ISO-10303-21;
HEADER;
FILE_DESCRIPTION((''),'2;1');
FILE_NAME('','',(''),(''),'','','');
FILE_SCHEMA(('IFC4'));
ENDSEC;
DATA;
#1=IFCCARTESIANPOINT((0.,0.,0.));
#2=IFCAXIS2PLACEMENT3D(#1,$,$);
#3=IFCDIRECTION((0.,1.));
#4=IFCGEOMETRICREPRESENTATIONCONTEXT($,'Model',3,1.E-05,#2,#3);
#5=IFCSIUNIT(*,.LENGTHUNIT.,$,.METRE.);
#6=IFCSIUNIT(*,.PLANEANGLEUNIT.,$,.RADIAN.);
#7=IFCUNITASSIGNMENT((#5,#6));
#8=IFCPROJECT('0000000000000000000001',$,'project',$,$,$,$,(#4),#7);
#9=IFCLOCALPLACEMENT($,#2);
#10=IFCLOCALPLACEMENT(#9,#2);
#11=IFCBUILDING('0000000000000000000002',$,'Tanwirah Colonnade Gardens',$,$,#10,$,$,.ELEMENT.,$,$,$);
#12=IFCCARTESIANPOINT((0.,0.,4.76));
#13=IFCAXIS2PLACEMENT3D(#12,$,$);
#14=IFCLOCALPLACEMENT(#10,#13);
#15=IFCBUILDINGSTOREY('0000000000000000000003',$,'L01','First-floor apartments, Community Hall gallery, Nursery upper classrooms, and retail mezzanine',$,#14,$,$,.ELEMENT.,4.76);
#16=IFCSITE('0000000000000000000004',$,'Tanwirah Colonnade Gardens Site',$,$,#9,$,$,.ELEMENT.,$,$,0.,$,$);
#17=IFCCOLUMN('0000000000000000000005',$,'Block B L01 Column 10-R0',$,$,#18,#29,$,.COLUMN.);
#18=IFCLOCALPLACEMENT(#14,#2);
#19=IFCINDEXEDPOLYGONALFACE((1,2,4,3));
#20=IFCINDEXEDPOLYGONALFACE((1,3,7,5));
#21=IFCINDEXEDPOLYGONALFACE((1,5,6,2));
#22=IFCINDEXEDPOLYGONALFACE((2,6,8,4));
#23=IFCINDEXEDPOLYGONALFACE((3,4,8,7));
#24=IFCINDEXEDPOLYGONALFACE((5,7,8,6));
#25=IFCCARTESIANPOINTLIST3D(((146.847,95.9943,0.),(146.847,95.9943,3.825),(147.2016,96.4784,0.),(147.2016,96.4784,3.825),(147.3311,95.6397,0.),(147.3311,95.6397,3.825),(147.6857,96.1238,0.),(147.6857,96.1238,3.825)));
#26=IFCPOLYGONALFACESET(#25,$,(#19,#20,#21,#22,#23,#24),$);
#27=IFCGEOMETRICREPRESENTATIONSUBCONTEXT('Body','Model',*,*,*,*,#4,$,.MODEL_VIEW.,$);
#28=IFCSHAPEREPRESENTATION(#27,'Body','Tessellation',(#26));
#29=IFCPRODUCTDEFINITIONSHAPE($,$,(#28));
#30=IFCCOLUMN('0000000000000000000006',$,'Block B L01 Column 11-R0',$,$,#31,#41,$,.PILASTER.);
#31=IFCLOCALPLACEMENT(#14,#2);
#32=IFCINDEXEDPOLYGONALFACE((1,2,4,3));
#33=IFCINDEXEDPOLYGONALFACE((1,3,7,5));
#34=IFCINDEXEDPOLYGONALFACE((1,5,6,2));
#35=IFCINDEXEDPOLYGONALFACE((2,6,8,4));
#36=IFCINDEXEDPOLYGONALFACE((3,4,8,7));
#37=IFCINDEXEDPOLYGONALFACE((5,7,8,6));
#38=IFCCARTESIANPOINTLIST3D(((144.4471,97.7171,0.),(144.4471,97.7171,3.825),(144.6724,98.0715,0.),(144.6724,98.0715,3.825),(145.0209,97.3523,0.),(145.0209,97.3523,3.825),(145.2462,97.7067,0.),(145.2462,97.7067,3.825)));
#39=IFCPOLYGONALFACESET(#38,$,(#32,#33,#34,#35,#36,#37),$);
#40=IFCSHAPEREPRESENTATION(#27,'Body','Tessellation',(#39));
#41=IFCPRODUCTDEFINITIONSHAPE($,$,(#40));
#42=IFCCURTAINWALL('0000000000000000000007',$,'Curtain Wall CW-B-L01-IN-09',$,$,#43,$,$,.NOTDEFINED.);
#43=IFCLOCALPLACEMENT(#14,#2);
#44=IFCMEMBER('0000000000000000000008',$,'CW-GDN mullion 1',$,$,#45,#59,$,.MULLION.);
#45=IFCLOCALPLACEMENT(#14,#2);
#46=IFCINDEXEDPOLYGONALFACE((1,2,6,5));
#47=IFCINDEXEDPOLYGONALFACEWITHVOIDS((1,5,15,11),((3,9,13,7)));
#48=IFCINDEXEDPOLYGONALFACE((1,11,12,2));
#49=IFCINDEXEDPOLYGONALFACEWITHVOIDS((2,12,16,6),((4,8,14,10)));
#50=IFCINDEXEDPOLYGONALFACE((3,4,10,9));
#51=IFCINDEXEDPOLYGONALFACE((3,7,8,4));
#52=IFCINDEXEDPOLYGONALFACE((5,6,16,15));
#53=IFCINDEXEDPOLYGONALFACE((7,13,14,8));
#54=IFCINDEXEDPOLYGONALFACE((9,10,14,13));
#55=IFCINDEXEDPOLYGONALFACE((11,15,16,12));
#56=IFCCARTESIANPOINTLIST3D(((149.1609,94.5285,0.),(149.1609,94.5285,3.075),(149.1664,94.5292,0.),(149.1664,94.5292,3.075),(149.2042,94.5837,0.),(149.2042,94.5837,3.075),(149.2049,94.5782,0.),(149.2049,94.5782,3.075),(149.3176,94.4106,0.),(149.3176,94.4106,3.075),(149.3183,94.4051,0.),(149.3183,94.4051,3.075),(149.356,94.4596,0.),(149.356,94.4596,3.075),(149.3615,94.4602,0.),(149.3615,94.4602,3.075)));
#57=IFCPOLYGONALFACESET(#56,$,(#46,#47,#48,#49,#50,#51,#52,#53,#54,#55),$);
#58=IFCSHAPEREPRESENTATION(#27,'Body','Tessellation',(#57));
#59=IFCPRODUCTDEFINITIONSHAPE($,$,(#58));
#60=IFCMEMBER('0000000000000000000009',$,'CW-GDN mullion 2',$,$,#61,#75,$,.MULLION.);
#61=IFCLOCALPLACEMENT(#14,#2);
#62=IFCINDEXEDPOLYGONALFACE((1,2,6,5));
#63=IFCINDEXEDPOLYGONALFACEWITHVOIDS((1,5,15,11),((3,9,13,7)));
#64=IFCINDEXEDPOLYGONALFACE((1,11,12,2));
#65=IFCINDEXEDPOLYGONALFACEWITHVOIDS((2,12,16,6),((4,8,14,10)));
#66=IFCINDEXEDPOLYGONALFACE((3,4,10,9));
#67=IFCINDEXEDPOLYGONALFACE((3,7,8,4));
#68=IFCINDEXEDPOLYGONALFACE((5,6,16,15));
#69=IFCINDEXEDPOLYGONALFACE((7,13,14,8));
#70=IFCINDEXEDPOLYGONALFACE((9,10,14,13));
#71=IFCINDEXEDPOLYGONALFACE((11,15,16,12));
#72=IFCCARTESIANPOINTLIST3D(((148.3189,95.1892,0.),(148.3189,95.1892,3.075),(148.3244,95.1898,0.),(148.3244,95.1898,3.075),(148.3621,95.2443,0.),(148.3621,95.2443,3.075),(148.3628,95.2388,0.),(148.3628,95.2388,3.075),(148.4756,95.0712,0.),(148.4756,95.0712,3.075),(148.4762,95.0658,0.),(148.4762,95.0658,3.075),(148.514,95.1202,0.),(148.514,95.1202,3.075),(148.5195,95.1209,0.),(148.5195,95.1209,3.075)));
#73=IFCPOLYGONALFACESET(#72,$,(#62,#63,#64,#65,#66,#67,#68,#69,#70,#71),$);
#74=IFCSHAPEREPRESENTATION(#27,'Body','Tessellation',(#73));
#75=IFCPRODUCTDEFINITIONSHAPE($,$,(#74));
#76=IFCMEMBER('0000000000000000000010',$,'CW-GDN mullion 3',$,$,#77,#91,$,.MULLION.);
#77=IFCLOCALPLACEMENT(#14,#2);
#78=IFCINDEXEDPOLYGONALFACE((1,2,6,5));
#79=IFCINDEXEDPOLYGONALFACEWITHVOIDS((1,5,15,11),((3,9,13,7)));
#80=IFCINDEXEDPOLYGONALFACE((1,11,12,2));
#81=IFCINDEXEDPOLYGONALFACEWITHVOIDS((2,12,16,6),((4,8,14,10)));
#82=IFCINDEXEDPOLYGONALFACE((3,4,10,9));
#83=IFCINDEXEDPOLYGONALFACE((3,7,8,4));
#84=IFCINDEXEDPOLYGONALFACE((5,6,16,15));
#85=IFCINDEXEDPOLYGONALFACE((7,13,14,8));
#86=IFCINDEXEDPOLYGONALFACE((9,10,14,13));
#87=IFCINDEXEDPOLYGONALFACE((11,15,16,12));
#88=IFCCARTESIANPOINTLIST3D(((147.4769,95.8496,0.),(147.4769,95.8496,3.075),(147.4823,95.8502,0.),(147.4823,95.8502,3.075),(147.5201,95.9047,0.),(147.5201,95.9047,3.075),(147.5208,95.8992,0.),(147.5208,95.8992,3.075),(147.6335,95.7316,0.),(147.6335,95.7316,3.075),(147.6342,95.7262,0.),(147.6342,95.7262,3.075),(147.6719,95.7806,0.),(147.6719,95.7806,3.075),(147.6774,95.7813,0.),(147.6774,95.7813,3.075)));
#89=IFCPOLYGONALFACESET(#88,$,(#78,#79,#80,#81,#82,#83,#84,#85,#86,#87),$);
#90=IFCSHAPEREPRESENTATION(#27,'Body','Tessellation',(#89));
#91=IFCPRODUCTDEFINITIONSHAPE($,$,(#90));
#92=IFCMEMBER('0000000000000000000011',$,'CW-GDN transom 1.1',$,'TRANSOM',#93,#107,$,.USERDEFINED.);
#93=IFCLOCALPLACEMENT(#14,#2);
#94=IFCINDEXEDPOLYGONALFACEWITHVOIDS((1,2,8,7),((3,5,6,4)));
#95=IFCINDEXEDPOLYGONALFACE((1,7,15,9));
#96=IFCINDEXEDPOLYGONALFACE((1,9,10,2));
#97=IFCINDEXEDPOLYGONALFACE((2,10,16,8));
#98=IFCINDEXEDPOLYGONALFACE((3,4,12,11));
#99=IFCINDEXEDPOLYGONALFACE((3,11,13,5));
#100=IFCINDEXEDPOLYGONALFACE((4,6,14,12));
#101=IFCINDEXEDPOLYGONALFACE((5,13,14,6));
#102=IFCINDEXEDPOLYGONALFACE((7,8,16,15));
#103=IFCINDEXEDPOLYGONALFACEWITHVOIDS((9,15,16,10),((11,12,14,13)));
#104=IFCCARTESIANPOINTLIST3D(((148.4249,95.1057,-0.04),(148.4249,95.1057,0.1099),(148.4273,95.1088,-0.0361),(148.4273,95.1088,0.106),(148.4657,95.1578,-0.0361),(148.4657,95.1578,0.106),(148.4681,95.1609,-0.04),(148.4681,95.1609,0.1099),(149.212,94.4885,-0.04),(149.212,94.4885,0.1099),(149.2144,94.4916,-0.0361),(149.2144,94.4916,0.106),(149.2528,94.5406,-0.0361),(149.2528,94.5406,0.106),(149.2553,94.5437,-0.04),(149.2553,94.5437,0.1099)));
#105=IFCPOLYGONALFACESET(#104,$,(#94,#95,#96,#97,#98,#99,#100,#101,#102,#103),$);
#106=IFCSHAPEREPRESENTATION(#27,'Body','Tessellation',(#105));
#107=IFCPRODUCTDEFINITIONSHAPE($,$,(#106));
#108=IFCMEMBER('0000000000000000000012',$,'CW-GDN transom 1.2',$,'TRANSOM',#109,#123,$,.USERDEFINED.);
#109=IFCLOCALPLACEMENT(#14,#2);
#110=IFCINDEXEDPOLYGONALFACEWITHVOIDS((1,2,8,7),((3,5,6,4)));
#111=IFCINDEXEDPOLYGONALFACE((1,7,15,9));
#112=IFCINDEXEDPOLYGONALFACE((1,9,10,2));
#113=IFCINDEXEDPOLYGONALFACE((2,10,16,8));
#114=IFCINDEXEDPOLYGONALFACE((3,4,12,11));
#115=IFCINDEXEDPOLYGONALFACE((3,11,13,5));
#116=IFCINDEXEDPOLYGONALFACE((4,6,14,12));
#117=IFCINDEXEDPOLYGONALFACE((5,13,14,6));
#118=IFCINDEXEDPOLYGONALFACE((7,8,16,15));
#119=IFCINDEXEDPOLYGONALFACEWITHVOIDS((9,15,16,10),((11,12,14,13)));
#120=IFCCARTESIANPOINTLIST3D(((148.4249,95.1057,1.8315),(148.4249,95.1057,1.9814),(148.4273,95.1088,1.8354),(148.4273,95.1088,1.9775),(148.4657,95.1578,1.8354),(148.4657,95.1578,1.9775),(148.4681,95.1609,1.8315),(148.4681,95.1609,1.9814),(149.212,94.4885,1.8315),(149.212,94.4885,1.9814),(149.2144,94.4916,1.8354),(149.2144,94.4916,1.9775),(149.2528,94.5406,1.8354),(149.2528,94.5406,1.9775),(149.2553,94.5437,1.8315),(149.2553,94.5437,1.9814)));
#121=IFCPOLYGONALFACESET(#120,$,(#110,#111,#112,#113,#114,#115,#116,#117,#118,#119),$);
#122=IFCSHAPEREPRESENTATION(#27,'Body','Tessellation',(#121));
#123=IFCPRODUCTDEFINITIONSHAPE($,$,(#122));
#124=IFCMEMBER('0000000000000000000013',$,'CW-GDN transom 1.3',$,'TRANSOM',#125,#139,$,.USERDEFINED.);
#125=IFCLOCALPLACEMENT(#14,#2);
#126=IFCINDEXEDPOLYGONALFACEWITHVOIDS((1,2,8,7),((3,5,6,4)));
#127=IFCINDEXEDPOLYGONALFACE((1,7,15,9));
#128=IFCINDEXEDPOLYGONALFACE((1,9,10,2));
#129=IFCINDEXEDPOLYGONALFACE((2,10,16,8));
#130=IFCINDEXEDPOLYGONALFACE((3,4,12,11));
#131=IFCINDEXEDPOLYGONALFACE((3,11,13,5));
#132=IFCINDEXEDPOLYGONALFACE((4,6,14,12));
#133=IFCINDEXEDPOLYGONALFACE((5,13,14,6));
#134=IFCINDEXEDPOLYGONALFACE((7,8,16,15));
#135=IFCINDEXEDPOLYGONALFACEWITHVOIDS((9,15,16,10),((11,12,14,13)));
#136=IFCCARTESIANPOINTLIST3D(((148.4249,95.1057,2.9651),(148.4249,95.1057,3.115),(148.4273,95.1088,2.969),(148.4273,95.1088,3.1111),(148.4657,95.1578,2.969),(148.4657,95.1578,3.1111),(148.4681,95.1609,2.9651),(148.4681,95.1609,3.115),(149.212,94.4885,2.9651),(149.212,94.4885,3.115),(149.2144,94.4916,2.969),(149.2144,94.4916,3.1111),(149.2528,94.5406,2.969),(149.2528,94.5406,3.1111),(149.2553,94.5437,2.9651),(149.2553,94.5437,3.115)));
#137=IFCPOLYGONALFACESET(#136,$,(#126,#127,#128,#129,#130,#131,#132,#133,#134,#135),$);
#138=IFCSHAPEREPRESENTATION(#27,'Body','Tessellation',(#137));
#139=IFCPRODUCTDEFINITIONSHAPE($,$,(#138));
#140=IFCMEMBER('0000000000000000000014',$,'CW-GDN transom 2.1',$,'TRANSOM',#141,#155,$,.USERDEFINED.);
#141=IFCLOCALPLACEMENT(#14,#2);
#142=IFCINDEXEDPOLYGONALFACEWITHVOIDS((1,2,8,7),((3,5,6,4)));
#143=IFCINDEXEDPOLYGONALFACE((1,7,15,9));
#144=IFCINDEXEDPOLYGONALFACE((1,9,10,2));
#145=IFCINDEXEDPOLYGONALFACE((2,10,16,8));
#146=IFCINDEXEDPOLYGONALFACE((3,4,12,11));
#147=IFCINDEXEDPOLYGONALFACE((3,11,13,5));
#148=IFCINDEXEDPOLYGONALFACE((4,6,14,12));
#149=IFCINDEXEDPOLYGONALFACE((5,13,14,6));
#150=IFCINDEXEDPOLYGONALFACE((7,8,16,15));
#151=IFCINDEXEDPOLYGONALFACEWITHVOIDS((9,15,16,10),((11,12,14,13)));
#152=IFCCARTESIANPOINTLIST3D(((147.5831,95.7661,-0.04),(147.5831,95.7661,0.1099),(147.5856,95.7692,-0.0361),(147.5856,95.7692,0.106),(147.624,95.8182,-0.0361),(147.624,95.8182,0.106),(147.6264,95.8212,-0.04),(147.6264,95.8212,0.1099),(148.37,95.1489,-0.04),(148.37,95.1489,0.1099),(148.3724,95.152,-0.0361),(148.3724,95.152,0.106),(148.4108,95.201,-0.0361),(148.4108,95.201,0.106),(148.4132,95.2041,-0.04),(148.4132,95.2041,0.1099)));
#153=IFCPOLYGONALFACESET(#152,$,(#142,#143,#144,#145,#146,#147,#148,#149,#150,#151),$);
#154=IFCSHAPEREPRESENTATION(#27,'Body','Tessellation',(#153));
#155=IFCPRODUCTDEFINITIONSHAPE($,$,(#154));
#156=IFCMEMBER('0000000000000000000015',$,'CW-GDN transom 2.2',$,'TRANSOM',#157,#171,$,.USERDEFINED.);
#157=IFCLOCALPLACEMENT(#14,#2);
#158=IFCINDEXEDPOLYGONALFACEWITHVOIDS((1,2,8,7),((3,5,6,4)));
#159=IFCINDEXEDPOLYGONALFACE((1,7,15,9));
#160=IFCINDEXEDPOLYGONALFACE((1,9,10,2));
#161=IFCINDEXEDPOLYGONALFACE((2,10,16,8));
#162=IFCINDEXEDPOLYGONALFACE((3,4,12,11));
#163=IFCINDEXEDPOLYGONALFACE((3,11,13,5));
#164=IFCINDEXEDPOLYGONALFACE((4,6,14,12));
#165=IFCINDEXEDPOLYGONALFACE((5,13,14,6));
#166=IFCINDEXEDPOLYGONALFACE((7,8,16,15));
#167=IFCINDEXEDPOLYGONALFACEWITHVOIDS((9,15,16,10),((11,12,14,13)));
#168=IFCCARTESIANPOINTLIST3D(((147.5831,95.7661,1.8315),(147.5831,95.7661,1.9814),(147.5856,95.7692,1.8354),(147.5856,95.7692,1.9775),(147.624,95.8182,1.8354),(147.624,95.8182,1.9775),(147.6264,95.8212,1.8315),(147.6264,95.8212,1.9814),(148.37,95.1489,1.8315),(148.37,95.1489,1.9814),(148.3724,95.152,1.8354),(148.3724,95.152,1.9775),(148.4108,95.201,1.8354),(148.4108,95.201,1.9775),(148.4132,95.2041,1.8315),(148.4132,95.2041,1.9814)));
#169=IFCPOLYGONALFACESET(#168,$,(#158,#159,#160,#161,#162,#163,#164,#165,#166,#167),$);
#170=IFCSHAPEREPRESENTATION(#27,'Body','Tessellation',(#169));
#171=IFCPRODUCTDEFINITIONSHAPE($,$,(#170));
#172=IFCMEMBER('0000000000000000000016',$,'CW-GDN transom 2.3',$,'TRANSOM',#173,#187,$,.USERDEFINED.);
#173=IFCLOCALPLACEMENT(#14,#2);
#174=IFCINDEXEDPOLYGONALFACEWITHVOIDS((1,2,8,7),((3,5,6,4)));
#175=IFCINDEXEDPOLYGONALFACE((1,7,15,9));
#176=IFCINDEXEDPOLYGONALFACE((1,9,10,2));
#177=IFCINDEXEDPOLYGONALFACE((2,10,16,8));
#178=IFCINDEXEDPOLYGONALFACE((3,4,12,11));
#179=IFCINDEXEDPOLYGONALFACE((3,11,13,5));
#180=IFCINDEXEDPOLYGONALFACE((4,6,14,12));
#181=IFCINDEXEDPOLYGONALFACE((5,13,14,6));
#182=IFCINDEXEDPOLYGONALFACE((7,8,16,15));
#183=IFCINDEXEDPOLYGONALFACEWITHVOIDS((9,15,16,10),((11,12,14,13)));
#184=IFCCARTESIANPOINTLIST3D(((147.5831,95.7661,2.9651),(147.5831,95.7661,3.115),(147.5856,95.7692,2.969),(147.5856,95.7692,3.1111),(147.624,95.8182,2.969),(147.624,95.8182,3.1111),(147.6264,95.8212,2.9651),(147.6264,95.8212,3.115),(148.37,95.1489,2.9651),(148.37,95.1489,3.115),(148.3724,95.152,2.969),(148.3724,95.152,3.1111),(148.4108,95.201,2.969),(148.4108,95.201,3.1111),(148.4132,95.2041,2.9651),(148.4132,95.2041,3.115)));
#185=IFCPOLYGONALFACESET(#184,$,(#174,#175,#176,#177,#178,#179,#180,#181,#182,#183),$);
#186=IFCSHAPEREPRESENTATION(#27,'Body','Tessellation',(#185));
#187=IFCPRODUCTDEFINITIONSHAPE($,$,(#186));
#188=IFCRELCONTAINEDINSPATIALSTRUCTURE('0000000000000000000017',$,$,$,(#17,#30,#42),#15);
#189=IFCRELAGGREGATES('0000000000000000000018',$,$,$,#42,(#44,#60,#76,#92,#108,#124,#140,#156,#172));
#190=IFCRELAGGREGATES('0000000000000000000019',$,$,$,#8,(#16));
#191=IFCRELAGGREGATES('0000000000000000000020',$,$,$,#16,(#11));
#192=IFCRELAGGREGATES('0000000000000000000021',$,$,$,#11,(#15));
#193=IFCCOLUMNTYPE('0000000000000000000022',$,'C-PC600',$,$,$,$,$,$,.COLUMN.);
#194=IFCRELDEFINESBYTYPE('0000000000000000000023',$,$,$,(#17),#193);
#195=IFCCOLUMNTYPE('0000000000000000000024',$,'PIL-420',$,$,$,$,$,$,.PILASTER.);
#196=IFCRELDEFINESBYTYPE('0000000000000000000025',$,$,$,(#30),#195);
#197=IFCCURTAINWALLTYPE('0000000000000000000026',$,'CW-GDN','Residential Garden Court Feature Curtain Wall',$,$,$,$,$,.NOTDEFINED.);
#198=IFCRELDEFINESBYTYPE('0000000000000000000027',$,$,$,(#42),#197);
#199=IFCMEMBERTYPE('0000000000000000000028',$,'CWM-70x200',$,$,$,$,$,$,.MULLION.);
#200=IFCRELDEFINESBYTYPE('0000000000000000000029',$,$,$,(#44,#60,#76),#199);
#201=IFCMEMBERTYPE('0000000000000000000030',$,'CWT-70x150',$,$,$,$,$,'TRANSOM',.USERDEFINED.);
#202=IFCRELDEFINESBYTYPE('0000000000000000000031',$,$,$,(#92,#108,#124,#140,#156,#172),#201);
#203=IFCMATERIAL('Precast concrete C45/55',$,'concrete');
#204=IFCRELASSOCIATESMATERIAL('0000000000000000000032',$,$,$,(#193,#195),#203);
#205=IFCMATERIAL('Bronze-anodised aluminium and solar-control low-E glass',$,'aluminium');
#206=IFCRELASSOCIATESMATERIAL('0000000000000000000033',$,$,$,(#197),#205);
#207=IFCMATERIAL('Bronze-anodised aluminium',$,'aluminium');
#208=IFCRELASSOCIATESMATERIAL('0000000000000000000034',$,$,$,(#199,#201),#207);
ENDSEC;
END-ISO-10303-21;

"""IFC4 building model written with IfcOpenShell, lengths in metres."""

from ifc_helpers import new_model, si_unit, direction, frame, origin, origin_2d, place, context, subcontext, project, spatial, rectangle, hollow_rectangle, extrude, material, material_profile, profile_set, type_object, element, aggregate, save


model = new_model("IFC4")

# Units and contexts
model_context = context("Model", 3, precision=1e-05, world=origin(), true_north=direction((0.0, 1.0)))
body_context = subcontext(model_context, "Body", "Model", "MODEL_VIEW")
ifc_project = project(units=[si_unit("LENGTHUNIT", "METRE"), si_unit("PLANEANGLEUNIT", "RADIAN")], contexts=[model_context])

# Site, building, storey
site_placement = place(None, origin())
site = spatial("IfcSite", under=ifc_project, at=site_placement, Name="Tanwirah Colonnade Gardens Site", CompositionType="ELEMENT", RefElevation=0.0)
building_placement = place(site_placement, origin())
building = spatial("IfcBuilding", under=site, at=building_placement, Name="Tanwirah Colonnade Gardens", CompositionType="ELEMENT")
storey_placement = place(building_placement, frame((0.0, 0.0, 4.76)))
storey = spatial("IfcBuildingStorey", under=building, at=storey_placement, Name="L01", Description="First-floor apartments, Community Hall gallery, Nursery upper classrooms, and retail mezzanine", CompositionType="ELEMENT", Elevation=4.76)

# Columns
ifc_material_1 = material(Name="Precast concrete C45/55", Category="concrete")
ifc_material_profile_1 = material_profile(ifc_material_1, rectangle(XDim=0.6001, YDim=0.6001, at=origin_2d()), Name="PC-COL 600x600")
ifc_profile_set_1 = profile_set([ifc_material_profile_1], Name="Precast concrete C45/55")
column_type_1 = type_object("IfcColumnType", Name="C-PC600", PredefinedType="COLUMN", material=ifc_profile_set_1)
column_1_placement = place(storey_placement, frame((147.2664, 96.0591, 0.0), z_axis=(0.0, 0.0, 1.0), x_axis=(0.590919, 0.806731, 0.0)))
element("IfcColumn", 1, at=column_1_placement, inside=storey, type_object=column_type_1, Name="Block B L01 Column 10-R0", PredefinedType="COLUMN", context=body_context, shape_type="SweptSolid", body=[
    extrude(rectangle(XDim=0.6001, YDim=0.6001, at=origin_2d()), origin(), (0.0, 0.0, 1.0), 3.825),
])
ifc_material_profile_2 = material_profile(ifc_material_1, rectangle(XDim=0.4199, YDim=0.6799, at=origin_2d()), Name="PC-PIL 420x680")
ifc_profile_set_2 = profile_set([ifc_material_profile_2], Name="Precast concrete C45/55")
column_type_2 = type_object("IfcColumnType", Name="PIL-420", PredefinedType="PILASTER", material=ifc_profile_set_2)
column_2_placement = place(storey_placement, frame((144.8467, 97.7119, 0.0), z_axis=(0.0, 0.0, 1.0), x_axis=(0.536482, 0.843912, 0.0)))
element("IfcColumn", 2, at=column_2_placement, inside=storey, type_object=column_type_2, Name="Block B L01 Column 11-R0", PredefinedType="PILASTER", context=body_context, shape_type="SweptSolid", body=[
    extrude(rectangle(XDim=0.4199, YDim=0.6799, at=origin_2d()), origin(), (0.0, 0.0, 1.0), 3.825),
])

# Curtain wall, members
ifc_material_2 = material(Name="Bronze-anodised aluminium and solar-control low-E glass", Category="aluminium")
curtain_wall_type = type_object("IfcCurtainWallType", Name="CW-GDN", Description="Residential Garden Court Feature Curtain Wall", PredefinedType="NOTDEFINED", material=ifc_material_2)
curtain_wall_placement = place(storey_placement, origin())
curtain_wall = element("IfcCurtainWall", 3, at=curtain_wall_placement, inside=storey, type_object=curtain_wall_type, Name="Curtain Wall CW-B-L01-IN-09", PredefinedType="NOTDEFINED")
ifc_material_3 = material(Name="Bronze-anodised aluminium", Category="aluminium")
ifc_material_profile_3 = material_profile(ifc_material_3, hollow_rectangle(XDim=0.0701, YDim=0.2, WallThickness=0.0039, at=origin_2d()), Name="CW-MUL 70x200x4")
ifc_profile_set_3 = profile_set([ifc_material_profile_3], Name="Bronze-anodised aluminium")
member_type_1 = type_object("IfcMemberType", Name="CWM-70x200", PredefinedType="MULLION", material=ifc_profile_set_3)
member_1_placement = place(storey_placement, frame((149.2612, 94.4944, 0.0), z_axis=(0.0, 0.0, 1.0), x_axis=(-0.617189, -0.786815, 0.0)))
member_1 = element("IfcMember", 4, at=member_1_placement, type_object=member_type_1, Name="CW-GDN mullion 1", PredefinedType="MULLION", context=body_context, shape_type="SweptSolid", body=[
    extrude(hollow_rectangle(XDim=0.0701, YDim=0.2, WallThickness=0.0039, at=origin_2d()), origin(), (0.0, 0.0, 1.0), 3.075),
])
member_2_placement = place(storey_placement, frame((148.4192, 95.155, 0.0), z_axis=(0.0, 0.0, 1.0), x_axis=(-0.617189, -0.786815, 0.0)))
member_2 = element("IfcMember", 5, at=member_2_placement, type_object=member_type_1, Name="CW-GDN mullion 2", PredefinedType="MULLION", context=body_context, shape_type="SweptSolid", body=[
    extrude(hollow_rectangle(XDim=0.0701, YDim=0.2, WallThickness=0.0039, at=origin_2d()), origin(), (0.0, 0.0, 1.0), 3.075),
])
member_3_placement = place(storey_placement, frame((147.5771, 95.8154, 0.0), z_axis=(0.0, 0.0, 1.0), x_axis=(-0.617189, -0.786815, 0.0)))
member_3 = element("IfcMember", 6, at=member_3_placement, type_object=member_type_1, Name="CW-GDN mullion 3", PredefinedType="MULLION", context=body_context, shape_type="SweptSolid", body=[
    extrude(hollow_rectangle(XDim=0.0701, YDim=0.2, WallThickness=0.0039, at=origin_2d()), origin(), (0.0, 0.0, 1.0), 3.075),
])
ifc_material_profile_4 = material_profile(ifc_material_3, hollow_rectangle(XDim=0.0701, YDim=0.1499, WallThickness=0.0039, at=origin_2d()), Name="CW-TRN 70x150x4")
ifc_profile_set_4 = profile_set([ifc_material_profile_4], Name="Bronze-anodised aluminium")
member_type_2 = type_object("IfcMemberType", Name="CWT-70x150", ElementType="TRANSOM", PredefinedType="USERDEFINED", material=ifc_profile_set_4)
member_4_placement = place(storey_placement, frame((149.2336, 94.5161, 0.0349), z_axis=(-0.786928, 0.617045, 0.0), x_axis=(-0.617045, -0.786928, 0.0)))
member_4 = element("IfcMember", 7, at=member_4_placement, type_object=member_type_2, Name="CW-GDN transom 1.1", ObjectType="TRANSOM", PredefinedType="USERDEFINED", context=body_context, shape_type="SweptSolid", body=[
    extrude(hollow_rectangle(XDim=0.0701, YDim=0.1499, WallThickness=0.0039, at=origin_2d()), origin(), (0.0, 0.0, 1.0), 1.0002),
])
member_5_placement = place(storey_placement, frame((149.2336, 94.5161, 1.9065), z_axis=(-0.786928, 0.617045, 0.0), x_axis=(-0.617045, -0.786928, 0.0)))
member_5 = element("IfcMember", 8, at=member_5_placement, type_object=member_type_2, Name="CW-GDN transom 1.2", ObjectType="TRANSOM", PredefinedType="USERDEFINED", context=body_context, shape_type="SweptSolid", body=[
    extrude(hollow_rectangle(XDim=0.0701, YDim=0.1499, WallThickness=0.0039, at=origin_2d()), origin(), (0.0, 0.0, 1.0), 1.0002),
])
member_6_placement = place(storey_placement, frame((149.2336, 94.5161, 3.04), z_axis=(-0.786928, 0.617045, 0.0), x_axis=(-0.617045, -0.786928, 0.0)))
member_6 = element("IfcMember", 9, at=member_6_placement, type_object=member_type_2, Name="CW-GDN transom 1.3", ObjectType="TRANSOM", PredefinedType="USERDEFINED", context=body_context, shape_type="SweptSolid", body=[
    extrude(hollow_rectangle(XDim=0.0701, YDim=0.1499, WallThickness=0.0039, at=origin_2d()), origin(), (0.0, 0.0, 1.0), 1.0002),
])
member_7_placement = place(storey_placement, frame((148.3916, 95.1765, 0.0349), z_axis=(-0.786835, 0.617164, 0.0), x_axis=(-0.617164, -0.786835, 0.0)))
member_7 = element("IfcMember", 10, at=member_7_placement, type_object=member_type_2, Name="CW-GDN transom 2.1", ObjectType="TRANSOM", PredefinedType="USERDEFINED", context=body_context, shape_type="SweptSolid", body=[
    extrude(hollow_rectangle(XDim=0.0701, YDim=0.1499, WallThickness=0.0039, at=origin_2d()), origin(), (0.0, 0.0, 1.0), 1.0),
])
member_8_placement = place(storey_placement, frame((148.3916, 95.1765, 1.9065), z_axis=(-0.786835, 0.617164, 0.0), x_axis=(-0.617164, -0.786835, 0.0)))
member_8 = element("IfcMember", 11, at=member_8_placement, type_object=member_type_2, Name="CW-GDN transom 2.2", ObjectType="TRANSOM", PredefinedType="USERDEFINED", context=body_context, shape_type="SweptSolid", body=[
    extrude(hollow_rectangle(XDim=0.0701, YDim=0.1499, WallThickness=0.0039, at=origin_2d()), origin(), (0.0, 0.0, 1.0), 1.0),
])
member_9_placement = place(storey_placement, frame((148.3916, 95.1765, 3.04), z_axis=(-0.786835, 0.617164, 0.0), x_axis=(-0.617164, -0.786835, 0.0)))
member_9 = element("IfcMember", 12, at=member_9_placement, type_object=member_type_2, Name="CW-GDN transom 2.3", ObjectType="TRANSOM", PredefinedType="USERDEFINED", context=body_context, shape_type="SweptSolid", body=[
    extrude(hollow_rectangle(XDim=0.0701, YDim=0.1499, WallThickness=0.0039, at=origin_2d()), origin(), (0.0, 0.0, 1.0), 1.0),
])

aggregate(curtain_wall, [member_1, member_2, member_3, member_4, member_5, member_6, member_7, member_8, member_9])

save(model, "model.ifc")
